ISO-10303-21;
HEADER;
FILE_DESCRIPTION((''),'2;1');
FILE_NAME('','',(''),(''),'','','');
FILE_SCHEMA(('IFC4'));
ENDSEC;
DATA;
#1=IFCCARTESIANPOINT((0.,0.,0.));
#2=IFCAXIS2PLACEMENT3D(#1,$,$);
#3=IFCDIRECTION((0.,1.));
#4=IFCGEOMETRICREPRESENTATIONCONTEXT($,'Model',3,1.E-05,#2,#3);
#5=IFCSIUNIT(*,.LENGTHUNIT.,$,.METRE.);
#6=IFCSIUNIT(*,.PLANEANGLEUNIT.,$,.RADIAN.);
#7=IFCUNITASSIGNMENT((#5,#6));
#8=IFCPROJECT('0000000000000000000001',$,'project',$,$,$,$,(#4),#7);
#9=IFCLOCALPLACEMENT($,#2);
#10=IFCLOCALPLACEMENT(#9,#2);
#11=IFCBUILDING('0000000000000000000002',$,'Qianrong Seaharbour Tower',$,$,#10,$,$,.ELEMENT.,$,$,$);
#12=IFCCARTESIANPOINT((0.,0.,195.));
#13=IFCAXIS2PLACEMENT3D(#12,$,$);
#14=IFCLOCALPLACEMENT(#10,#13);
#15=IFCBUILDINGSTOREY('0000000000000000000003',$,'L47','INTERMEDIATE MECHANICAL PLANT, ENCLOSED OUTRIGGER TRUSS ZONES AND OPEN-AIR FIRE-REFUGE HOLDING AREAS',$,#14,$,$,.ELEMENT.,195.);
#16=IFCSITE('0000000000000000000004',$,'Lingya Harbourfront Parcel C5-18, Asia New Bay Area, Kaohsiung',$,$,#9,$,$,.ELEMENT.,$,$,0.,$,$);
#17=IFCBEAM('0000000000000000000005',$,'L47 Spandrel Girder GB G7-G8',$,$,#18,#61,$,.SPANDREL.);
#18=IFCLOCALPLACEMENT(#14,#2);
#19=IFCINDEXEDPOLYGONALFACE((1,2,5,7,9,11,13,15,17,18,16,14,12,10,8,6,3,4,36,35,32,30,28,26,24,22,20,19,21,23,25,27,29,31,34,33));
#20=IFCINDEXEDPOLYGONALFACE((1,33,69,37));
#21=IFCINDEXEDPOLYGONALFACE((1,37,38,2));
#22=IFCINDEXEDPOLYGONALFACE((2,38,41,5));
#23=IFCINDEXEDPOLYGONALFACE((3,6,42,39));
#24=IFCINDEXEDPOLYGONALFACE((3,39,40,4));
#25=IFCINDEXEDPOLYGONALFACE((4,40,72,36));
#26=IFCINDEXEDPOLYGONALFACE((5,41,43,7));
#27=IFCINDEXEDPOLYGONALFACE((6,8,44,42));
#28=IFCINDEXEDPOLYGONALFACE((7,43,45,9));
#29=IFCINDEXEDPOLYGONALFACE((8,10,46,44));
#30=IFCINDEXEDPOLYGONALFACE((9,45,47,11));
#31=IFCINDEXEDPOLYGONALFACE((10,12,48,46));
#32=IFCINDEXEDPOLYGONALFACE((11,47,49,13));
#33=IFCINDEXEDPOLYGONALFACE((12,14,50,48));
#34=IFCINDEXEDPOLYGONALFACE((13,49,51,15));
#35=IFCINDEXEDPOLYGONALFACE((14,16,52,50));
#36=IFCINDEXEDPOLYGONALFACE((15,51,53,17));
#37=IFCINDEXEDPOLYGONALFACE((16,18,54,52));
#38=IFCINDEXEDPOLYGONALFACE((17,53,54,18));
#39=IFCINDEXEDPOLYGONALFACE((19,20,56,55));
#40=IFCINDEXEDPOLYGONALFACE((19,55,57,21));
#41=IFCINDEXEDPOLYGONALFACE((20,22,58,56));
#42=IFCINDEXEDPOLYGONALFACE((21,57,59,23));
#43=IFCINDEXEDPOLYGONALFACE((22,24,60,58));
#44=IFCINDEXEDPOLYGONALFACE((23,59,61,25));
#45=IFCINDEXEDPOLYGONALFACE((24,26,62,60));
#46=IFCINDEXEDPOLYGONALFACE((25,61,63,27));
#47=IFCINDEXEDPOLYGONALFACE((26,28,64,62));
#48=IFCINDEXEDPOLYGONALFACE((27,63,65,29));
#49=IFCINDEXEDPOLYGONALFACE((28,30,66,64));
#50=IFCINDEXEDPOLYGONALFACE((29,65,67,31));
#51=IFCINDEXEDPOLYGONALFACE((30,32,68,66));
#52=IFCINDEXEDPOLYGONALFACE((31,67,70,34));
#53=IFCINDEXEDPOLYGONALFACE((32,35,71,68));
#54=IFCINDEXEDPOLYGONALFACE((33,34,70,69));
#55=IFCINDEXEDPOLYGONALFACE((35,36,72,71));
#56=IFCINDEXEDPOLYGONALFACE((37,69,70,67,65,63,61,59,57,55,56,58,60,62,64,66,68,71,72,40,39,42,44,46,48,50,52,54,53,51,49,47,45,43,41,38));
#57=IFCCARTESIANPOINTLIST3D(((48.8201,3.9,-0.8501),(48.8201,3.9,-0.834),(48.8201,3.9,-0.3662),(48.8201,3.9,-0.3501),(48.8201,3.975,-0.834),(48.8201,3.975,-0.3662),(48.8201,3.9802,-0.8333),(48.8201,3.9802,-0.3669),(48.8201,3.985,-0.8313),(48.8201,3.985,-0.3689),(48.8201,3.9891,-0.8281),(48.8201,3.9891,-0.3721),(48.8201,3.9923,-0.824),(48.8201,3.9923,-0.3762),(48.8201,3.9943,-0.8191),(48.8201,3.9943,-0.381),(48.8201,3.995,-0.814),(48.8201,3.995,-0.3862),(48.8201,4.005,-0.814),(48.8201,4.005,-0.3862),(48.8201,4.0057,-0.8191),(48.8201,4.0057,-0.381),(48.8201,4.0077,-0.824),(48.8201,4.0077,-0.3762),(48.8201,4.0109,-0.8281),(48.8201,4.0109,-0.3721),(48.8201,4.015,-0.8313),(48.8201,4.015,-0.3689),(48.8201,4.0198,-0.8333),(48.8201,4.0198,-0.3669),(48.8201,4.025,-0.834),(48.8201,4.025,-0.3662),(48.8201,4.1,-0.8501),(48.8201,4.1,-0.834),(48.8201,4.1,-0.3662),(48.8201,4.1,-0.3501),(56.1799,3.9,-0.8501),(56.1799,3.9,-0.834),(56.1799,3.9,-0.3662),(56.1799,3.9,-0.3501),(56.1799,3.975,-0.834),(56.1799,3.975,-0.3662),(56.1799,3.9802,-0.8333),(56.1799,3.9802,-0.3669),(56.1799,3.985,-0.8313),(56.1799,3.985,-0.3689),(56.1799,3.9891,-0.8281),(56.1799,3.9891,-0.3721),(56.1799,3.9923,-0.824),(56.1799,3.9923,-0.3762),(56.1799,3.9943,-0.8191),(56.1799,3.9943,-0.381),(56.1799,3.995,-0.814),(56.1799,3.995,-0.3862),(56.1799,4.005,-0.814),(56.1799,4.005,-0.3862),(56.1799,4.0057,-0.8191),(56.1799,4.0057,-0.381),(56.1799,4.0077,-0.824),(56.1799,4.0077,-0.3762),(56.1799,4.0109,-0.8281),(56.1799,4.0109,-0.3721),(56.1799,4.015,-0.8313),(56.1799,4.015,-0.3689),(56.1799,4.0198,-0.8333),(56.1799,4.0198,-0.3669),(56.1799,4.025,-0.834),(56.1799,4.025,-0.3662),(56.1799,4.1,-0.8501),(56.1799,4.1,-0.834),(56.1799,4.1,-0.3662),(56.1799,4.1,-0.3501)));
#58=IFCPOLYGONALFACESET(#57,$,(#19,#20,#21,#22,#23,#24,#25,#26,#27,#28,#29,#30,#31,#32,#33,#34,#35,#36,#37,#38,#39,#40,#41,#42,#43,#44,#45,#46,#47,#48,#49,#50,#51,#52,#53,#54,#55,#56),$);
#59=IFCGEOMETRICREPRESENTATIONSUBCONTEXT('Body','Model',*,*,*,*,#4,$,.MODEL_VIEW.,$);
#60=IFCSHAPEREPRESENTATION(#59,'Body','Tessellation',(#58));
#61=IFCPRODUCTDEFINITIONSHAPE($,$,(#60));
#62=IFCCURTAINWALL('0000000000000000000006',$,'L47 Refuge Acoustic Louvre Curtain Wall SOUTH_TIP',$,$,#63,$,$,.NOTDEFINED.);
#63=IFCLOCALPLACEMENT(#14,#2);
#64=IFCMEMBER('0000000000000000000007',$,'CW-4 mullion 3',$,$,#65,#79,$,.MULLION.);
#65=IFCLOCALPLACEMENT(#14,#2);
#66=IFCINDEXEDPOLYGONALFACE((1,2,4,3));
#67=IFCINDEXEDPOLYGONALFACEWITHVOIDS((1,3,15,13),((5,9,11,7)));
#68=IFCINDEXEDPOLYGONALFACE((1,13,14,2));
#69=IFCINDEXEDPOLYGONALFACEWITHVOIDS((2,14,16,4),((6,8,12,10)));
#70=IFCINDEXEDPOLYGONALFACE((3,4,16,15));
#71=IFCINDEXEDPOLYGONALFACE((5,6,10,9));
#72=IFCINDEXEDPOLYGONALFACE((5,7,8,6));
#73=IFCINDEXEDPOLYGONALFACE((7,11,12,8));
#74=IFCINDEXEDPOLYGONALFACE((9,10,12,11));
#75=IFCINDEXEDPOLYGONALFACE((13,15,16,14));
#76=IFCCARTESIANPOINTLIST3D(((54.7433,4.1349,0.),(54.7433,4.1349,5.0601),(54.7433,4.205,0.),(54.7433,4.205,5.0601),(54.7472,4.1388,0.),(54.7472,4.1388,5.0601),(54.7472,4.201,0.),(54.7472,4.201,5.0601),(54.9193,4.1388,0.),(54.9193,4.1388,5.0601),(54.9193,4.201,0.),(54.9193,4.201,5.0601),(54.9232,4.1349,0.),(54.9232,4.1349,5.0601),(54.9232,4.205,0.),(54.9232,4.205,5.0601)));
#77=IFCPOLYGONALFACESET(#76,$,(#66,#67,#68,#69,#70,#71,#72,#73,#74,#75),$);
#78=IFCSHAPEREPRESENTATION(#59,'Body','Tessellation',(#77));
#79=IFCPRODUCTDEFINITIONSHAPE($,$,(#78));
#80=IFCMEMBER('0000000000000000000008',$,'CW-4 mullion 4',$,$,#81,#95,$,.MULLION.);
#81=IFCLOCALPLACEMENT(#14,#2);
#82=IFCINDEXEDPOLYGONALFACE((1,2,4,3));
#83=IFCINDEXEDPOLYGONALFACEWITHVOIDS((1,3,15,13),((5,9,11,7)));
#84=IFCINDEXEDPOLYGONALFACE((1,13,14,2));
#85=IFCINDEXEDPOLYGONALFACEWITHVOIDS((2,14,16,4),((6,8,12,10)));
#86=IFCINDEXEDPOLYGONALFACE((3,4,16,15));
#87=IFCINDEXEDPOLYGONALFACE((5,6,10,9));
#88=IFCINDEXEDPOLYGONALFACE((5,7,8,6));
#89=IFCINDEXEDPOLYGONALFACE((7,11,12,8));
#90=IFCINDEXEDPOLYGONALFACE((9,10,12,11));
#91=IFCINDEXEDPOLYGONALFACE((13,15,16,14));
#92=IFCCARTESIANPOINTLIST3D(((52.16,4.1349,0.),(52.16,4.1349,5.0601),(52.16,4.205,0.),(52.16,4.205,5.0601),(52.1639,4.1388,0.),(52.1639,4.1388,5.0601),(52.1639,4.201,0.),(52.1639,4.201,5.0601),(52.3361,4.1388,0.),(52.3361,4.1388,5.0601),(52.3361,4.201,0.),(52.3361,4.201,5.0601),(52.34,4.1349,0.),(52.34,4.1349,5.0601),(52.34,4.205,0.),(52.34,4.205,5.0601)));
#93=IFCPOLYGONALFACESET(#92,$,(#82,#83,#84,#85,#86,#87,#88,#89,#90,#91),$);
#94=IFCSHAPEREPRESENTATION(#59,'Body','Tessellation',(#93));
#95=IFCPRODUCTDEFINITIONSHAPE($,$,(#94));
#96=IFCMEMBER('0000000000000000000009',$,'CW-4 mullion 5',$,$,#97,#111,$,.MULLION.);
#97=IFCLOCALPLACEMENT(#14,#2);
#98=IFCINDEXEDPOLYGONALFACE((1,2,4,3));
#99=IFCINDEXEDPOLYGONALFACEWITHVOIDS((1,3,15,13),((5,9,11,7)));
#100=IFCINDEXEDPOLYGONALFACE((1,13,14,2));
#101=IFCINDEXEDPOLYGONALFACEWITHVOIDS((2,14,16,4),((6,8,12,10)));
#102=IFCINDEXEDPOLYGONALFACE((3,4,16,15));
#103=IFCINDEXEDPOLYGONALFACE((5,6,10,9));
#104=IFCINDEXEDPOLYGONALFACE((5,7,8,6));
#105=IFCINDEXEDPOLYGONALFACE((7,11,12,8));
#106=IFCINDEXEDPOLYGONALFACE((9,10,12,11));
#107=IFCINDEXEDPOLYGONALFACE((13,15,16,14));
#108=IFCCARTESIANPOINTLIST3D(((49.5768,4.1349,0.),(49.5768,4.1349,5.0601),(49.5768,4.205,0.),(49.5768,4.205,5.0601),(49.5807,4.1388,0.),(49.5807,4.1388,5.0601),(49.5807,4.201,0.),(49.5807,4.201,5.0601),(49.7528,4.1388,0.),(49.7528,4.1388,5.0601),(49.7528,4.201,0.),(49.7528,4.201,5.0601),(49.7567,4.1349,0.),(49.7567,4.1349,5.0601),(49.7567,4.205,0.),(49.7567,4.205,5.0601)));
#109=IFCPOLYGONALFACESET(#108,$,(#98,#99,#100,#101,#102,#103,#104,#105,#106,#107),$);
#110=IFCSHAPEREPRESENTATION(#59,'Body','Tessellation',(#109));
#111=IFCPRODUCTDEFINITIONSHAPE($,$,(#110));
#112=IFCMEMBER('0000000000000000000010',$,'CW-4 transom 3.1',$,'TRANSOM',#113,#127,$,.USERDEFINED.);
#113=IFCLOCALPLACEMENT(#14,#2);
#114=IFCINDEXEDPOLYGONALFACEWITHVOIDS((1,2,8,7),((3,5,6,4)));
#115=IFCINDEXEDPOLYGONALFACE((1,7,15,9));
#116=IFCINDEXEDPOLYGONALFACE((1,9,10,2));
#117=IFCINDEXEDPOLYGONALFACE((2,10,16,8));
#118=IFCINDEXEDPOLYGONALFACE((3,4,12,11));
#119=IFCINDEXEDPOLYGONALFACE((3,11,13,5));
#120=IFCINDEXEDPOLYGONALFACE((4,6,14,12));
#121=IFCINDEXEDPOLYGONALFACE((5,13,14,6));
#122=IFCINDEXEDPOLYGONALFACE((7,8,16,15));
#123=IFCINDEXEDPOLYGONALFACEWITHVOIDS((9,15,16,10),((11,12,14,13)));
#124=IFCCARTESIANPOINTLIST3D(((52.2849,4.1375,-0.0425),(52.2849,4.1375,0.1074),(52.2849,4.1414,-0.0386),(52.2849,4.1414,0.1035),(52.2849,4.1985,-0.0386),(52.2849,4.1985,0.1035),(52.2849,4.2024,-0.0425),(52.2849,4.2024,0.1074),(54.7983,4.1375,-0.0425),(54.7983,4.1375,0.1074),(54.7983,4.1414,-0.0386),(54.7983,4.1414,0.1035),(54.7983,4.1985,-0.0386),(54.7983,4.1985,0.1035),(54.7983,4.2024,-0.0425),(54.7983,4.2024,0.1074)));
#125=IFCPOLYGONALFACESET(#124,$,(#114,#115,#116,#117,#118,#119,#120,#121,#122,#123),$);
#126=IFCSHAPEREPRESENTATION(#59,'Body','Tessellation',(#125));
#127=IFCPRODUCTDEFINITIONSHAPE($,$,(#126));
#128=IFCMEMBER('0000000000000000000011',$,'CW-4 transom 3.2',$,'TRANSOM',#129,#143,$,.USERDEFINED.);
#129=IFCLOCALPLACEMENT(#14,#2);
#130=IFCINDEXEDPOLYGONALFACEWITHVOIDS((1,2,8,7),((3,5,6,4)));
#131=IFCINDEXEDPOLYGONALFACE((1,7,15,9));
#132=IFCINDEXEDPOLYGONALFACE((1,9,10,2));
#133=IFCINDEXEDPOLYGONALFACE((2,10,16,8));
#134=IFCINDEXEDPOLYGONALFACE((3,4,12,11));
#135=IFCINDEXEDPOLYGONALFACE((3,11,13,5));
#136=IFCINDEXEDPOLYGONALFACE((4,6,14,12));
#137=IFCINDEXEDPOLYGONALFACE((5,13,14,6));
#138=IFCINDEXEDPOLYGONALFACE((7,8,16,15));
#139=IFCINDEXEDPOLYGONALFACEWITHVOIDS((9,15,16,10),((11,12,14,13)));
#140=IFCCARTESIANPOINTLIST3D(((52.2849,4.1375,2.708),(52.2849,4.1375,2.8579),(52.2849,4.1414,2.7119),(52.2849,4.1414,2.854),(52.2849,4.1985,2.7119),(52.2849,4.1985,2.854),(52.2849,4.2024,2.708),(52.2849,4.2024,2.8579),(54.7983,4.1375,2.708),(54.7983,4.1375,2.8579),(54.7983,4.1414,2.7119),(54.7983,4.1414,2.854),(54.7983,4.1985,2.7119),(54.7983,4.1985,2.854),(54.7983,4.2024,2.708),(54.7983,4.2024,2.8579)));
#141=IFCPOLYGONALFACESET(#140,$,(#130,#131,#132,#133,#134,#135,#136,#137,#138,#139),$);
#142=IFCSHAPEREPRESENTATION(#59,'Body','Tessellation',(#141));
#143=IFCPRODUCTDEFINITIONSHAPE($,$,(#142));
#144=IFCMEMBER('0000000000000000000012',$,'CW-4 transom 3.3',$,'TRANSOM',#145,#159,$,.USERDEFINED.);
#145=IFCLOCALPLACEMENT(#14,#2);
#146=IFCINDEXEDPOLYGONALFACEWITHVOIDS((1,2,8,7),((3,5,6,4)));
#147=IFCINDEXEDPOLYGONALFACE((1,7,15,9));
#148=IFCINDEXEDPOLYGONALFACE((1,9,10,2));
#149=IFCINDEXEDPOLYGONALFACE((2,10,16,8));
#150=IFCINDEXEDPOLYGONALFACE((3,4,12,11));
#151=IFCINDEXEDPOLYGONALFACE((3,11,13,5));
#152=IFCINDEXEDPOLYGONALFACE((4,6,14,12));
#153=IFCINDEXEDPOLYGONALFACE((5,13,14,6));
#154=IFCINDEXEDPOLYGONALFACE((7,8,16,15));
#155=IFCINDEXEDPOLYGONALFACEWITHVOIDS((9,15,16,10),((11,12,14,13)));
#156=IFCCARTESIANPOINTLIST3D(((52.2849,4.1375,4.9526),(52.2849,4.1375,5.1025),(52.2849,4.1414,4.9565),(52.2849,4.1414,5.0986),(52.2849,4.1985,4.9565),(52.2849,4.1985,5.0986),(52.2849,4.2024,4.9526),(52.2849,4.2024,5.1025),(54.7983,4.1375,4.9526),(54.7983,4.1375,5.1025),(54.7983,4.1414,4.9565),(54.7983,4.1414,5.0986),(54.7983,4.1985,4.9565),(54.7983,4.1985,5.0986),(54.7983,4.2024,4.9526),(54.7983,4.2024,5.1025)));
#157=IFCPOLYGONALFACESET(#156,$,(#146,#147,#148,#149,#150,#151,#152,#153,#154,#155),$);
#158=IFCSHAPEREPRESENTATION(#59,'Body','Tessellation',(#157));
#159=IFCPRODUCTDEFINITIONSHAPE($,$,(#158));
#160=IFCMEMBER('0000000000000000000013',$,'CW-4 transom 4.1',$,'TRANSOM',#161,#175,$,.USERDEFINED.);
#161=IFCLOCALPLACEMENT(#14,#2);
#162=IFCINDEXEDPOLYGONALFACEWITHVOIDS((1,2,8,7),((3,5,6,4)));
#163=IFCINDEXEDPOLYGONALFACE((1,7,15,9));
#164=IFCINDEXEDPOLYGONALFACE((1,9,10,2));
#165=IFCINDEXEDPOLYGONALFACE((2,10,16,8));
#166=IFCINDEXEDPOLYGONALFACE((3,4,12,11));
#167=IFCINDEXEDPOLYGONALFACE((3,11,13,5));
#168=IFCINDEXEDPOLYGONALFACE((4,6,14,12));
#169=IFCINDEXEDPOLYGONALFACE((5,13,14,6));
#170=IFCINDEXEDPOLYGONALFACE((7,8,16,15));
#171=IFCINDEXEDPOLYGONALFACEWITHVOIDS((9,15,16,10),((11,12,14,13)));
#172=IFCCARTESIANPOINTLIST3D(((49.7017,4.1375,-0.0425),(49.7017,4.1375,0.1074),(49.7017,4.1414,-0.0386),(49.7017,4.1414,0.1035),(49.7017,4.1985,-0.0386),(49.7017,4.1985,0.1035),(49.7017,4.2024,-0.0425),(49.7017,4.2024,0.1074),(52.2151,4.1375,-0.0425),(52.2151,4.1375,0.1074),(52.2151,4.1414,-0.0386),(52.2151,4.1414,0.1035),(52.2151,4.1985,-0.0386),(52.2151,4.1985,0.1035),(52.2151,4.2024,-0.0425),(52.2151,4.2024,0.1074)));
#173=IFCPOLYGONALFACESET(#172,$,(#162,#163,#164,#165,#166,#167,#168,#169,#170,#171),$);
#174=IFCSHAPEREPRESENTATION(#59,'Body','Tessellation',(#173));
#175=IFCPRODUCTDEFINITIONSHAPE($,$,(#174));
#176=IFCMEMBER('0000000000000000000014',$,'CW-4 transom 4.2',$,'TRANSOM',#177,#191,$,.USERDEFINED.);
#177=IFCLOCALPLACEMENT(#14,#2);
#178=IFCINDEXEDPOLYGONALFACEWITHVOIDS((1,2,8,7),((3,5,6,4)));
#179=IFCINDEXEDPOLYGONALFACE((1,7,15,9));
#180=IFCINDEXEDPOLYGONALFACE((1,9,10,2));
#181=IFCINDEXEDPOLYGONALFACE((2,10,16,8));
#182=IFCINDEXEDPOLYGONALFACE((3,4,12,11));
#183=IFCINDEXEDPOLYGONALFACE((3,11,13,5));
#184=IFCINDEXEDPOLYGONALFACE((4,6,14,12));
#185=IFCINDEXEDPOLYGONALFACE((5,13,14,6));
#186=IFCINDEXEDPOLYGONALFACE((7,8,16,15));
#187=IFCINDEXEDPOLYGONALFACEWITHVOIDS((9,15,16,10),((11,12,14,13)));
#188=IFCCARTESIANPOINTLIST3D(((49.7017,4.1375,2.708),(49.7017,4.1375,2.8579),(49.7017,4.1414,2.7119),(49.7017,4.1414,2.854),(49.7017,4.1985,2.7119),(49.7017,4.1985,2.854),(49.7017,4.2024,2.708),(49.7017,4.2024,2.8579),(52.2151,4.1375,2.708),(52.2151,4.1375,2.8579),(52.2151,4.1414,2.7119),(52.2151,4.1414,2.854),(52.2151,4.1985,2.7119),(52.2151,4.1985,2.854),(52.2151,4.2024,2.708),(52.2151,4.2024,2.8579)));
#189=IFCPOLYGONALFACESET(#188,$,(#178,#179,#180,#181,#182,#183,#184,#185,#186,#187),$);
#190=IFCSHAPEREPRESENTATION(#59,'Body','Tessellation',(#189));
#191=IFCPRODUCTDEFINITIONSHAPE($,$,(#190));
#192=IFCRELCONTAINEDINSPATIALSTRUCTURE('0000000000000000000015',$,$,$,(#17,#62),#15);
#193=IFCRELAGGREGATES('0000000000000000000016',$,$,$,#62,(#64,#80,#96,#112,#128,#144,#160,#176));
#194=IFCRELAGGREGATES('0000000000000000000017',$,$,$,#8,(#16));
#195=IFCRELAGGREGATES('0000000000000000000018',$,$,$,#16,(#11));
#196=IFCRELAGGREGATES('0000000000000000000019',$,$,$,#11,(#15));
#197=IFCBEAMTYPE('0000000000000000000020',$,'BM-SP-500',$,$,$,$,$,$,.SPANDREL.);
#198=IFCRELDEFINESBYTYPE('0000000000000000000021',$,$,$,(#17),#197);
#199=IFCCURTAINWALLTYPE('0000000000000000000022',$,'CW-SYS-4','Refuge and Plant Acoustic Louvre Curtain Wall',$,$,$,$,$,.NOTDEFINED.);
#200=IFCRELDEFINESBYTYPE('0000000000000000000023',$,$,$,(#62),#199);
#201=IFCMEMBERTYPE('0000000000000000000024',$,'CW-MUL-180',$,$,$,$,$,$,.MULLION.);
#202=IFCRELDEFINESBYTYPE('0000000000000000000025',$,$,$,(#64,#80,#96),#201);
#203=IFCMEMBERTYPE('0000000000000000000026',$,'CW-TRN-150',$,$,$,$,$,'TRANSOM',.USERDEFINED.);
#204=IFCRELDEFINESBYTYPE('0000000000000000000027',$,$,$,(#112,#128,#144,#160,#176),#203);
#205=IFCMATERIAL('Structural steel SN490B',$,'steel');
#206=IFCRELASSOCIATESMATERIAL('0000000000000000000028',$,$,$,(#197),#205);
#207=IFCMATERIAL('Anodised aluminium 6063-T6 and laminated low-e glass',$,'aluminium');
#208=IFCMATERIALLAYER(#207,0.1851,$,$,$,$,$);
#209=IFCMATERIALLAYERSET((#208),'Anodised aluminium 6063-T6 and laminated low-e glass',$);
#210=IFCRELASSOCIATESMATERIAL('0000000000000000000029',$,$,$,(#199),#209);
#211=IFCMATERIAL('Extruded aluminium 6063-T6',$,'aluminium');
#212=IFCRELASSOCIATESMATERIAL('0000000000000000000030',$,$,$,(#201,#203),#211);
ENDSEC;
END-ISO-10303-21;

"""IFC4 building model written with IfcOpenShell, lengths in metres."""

from ifc_helpers import new_model, si_unit, direction, frame, origin, origin_2d, place, context, subcontext, project, spatial, hollow_rectangle, i_section, extrude, material, layer, layer_set, material_profile, profile_set, type_object, element, aggregate, save


model = new_model("IFC4")

# Units and contexts
model_context = context("Model", 3, precision=1e-05, world=origin(), true_north=direction((0.0, 1.0)))
body_context = subcontext(model_context, "Body", "Model", "MODEL_VIEW")
ifc_project = project(units=[si_unit("LENGTHUNIT", "METRE"), si_unit("PLANEANGLEUNIT", "RADIAN")], contexts=[model_context])

# Site, building, storey
site_placement = place(None, origin())
site = spatial("IfcSite", under=ifc_project, at=site_placement, Name="Lingya Harbourfront Parcel C5-18, Asia New Bay Area, Kaohsiung", CompositionType="ELEMENT", RefElevation=0.0)
building_placement = place(site_placement, origin())
building = spatial("IfcBuilding", under=site, at=building_placement, Name="Qianrong Seaharbour Tower", CompositionType="ELEMENT")
storey_placement = place(building_placement, frame((0.0, 0.0, 195.0)))
storey = spatial("IfcBuildingStorey", under=building, at=storey_placement, Name="L47", Description="INTERMEDIATE MECHANICAL PLANT, ENCLOSED OUTRIGGER TRUSS ZONES AND OPEN-AIR FIRE-REFUGE HOLDING AREAS", CompositionType="ELEMENT", Elevation=195.0)

# Shared definitions
ifc_material_1 = material(Name="Structural steel SN490B", Category="steel")

# Beam
ifc_material_profile_1 = material_profile(ifc_material_1, i_section(OverallWidth=0.2, OverallDepth=0.5, WebThickness=0.01, FlangeThickness=0.0161, FilletRadius=0.02, at=origin_2d()), Name="H500x200x10x16")
ifc_profile_set_1 = profile_set([ifc_material_profile_1], Name="Structural steel SN490B")
beam_type_1 = type_object("IfcBeamType", Name="BM-SP-500", PredefinedType="SPANDREL", material=ifc_profile_set_1)
beam_1_placement = place(storey_placement, frame((48.8201, 4.0, -0.6001), z_axis=(1.0, 0.0, 0.0), x_axis=(0.0, 1.0, 0.0)))
element("IfcBeam", 1, at=beam_1_placement, inside=storey, type_object=beam_type_1, Name="L47 Spandrel Girder GB G7-G8", PredefinedType="SPANDREL", context=body_context, shape_type="SweptSolid", body=[
    extrude(i_section(OverallWidth=0.2, OverallDepth=0.5, WebThickness=0.01, FlangeThickness=0.0161, FilletRadius=0.02, at=origin_2d()), origin(), (0.0, 0.0, 1.0), 7.3599),
])

# Curtain wall, members
ifc_material_2 = material(Name="Anodised aluminium 6063-T6 and laminated low-e glass", Category="aluminium")
ifc_layer_1 = layer(ifc_material_2, 0.1851)
ifc_layer_set_1 = layer_set([ifc_layer_1], Name="Anodised aluminium 6063-T6 and laminated low-e glass")
curtain_wall_type = type_object("IfcCurtainWallType", Name="CW-SYS-4", Description="Refuge and Plant Acoustic Louvre Curtain Wall", PredefinedType="NOTDEFINED", material=ifc_layer_set_1)
curtain_wall_placement = place(storey_placement, origin())
curtain_wall = element("IfcCurtainWall", 2, at=curtain_wall_placement, inside=storey, type_object=curtain_wall_type, Name="L47 Refuge Acoustic Louvre Curtain Wall SOUTH_TIP", PredefinedType="NOTDEFINED")
ifc_material_3 = material(Name="Extruded aluminium 6063-T6", Category="aluminium")
ifc_material_profile_2 = material_profile(ifc_material_3, hollow_rectangle(XDim=0.0701, YDim=0.1799, WallThickness=0.0039, at=origin_2d()), Name="ALU-MUL-180x70x4")
ifc_profile_set_2 = profile_set([ifc_material_profile_2], Name="Extruded aluminium 6063-T6")
member_type_1 = type_object("IfcMemberType", Name="CW-MUL-180", PredefinedType="MULLION", material=ifc_profile_set_2)
member_1_placement = place(storey_placement, frame((54.8333, 4.1699, 0.0), z_axis=(0.0, 0.0, 1.0), x_axis=(0.0, -1.0, 0.0)))
member_1 = element("IfcMember", 3, at=member_1_placement, type_object=member_type_1, Name="CW-4 mullion 3", PredefinedType="MULLION", context=body_context, shape_type="SweptSolid", body=[
    extrude(hollow_rectangle(XDim=0.0701, YDim=0.1799, WallThickness=0.0039, at=origin_2d()), origin(), (0.0, 0.0, 1.0), 5.0601),
])
member_2_placement = place(storey_placement, frame((52.25, 4.1699, 0.0), z_axis=(0.0, 0.0, 1.0), x_axis=(0.0, -1.0, 0.0)))
member_2 = element("IfcMember", 4, at=member_2_placement, type_object=member_type_1, Name="CW-4 mullion 4", PredefinedType="MULLION", context=body_context, shape_type="SweptSolid", body=[
    extrude(hollow_rectangle(XDim=0.0701, YDim=0.1799, WallThickness=0.0039, at=origin_2d()), origin(), (0.0, 0.0, 1.0), 5.0601),
])
member_3_placement = place(storey_placement, frame((49.6667, 4.1699, 0.0), z_axis=(0.0, 0.0, 1.0), x_axis=(0.0, -1.0, 0.0)))
member_3 = element("IfcMember", 5, at=member_3_placement, type_object=member_type_1, Name="CW-4 mullion 5", PredefinedType="MULLION", context=body_context, shape_type="SweptSolid", body=[
    extrude(hollow_rectangle(XDim=0.0701, YDim=0.1799, WallThickness=0.0039, at=origin_2d()), origin(), (0.0, 0.0, 1.0), 5.0601),
])
ifc_material_profile_3 = material_profile(ifc_material_3, hollow_rectangle(XDim=0.0649, YDim=0.1499, WallThickness=0.0039, at=origin_2d()), Name="ALU-TRN-150x65x4")
ifc_profile_set_3 = profile_set([ifc_material_profile_3], Name="Extruded aluminium 6063-T6")
member_type_2 = type_object("IfcMemberType", Name="CW-TRN-150", ElementType="TRANSOM", PredefinedType="USERDEFINED", material=ifc_profile_set_3)
member_4_placement = place(storey_placement, frame((54.7983, 4.1699, 0.0325), z_axis=(-1.0, 0.0, 0.0), x_axis=(0.0, -1.0, 0.0)))
member_4 = element("IfcMember", 6, at=member_4_placement, type_object=member_type_2, Name="CW-4 transom 3.1", ObjectType="TRANSOM", PredefinedType="USERDEFINED", context=body_context, shape_type="SweptSolid", body=[
    extrude(hollow_rectangle(XDim=0.0649, YDim=0.1499, WallThickness=0.0039, at=origin_2d()), origin(), (0.0, 0.0, 1.0), 2.5134),
])
member_5_placement = place(storey_placement, frame((54.7983, 4.1699, 2.783), z_axis=(-1.0, 0.0, 0.0), x_axis=(0.0, -1.0, 0.0)))
member_5 = element("IfcMember", 7, at=member_5_placement, type_object=member_type_2, Name="CW-4 transom 3.2", ObjectType="TRANSOM", PredefinedType="USERDEFINED", context=body_context, shape_type="SweptSolid", body=[
    extrude(hollow_rectangle(XDim=0.0649, YDim=0.1499, WallThickness=0.0039, at=origin_2d()), origin(), (0.0, 0.0, 1.0), 2.5134),
])
member_6_placement = place(storey_placement, frame((54.7983, 4.1699, 5.0276), z_axis=(-1.0, 0.0, 0.0), x_axis=(0.0, -1.0, 0.0)))
member_6 = element("IfcMember", 8, at=member_6_placement, type_object=member_type_2, Name="CW-4 transom 3.3", ObjectType="TRANSOM", PredefinedType="USERDEFINED", context=body_context, shape_type="SweptSolid", body=[
    extrude(hollow_rectangle(XDim=0.0649, YDim=0.1499, WallThickness=0.0039, at=origin_2d()), origin(), (0.0, 0.0, 1.0), 2.5134),
])
member_7_placement = place(storey_placement, frame((52.2151, 4.1699, 0.0325), z_axis=(-1.0, 0.0, 0.0), x_axis=(0.0, -1.0, 0.0)))
member_7 = element("IfcMember", 9, at=member_7_placement, type_object=member_type_2, Name="CW-4 transom 4.1", ObjectType="TRANSOM", PredefinedType="USERDEFINED", context=body_context, shape_type="SweptSolid", body=[
    extrude(hollow_rectangle(XDim=0.0649, YDim=0.1499, WallThickness=0.0039, at=origin_2d()), origin(), (0.0, 0.0, 1.0), 2.5134),
])
member_8_placement = place(storey_placement, frame((52.2151, 4.1699, 2.783), z_axis=(-1.0, 0.0, 0.0), x_axis=(0.0, -1.0, 0.0)))
member_8 = element("IfcMember", 10, at=member_8_placement, type_object=member_type_2, Name="CW-4 transom 4.2", ObjectType="TRANSOM", PredefinedType="USERDEFINED", context=body_context, shape_type="SweptSolid", body=[
    extrude(hollow_rectangle(XDim=0.0649, YDim=0.1499, WallThickness=0.0039, at=origin_2d()), origin(), (0.0, 0.0, 1.0), 2.5134),
])
aggregate(curtain_wall, [member_1, member_2, member_3, member_4, member_5, member_6, member_7, member_8])

save(model, "model.ifc")
